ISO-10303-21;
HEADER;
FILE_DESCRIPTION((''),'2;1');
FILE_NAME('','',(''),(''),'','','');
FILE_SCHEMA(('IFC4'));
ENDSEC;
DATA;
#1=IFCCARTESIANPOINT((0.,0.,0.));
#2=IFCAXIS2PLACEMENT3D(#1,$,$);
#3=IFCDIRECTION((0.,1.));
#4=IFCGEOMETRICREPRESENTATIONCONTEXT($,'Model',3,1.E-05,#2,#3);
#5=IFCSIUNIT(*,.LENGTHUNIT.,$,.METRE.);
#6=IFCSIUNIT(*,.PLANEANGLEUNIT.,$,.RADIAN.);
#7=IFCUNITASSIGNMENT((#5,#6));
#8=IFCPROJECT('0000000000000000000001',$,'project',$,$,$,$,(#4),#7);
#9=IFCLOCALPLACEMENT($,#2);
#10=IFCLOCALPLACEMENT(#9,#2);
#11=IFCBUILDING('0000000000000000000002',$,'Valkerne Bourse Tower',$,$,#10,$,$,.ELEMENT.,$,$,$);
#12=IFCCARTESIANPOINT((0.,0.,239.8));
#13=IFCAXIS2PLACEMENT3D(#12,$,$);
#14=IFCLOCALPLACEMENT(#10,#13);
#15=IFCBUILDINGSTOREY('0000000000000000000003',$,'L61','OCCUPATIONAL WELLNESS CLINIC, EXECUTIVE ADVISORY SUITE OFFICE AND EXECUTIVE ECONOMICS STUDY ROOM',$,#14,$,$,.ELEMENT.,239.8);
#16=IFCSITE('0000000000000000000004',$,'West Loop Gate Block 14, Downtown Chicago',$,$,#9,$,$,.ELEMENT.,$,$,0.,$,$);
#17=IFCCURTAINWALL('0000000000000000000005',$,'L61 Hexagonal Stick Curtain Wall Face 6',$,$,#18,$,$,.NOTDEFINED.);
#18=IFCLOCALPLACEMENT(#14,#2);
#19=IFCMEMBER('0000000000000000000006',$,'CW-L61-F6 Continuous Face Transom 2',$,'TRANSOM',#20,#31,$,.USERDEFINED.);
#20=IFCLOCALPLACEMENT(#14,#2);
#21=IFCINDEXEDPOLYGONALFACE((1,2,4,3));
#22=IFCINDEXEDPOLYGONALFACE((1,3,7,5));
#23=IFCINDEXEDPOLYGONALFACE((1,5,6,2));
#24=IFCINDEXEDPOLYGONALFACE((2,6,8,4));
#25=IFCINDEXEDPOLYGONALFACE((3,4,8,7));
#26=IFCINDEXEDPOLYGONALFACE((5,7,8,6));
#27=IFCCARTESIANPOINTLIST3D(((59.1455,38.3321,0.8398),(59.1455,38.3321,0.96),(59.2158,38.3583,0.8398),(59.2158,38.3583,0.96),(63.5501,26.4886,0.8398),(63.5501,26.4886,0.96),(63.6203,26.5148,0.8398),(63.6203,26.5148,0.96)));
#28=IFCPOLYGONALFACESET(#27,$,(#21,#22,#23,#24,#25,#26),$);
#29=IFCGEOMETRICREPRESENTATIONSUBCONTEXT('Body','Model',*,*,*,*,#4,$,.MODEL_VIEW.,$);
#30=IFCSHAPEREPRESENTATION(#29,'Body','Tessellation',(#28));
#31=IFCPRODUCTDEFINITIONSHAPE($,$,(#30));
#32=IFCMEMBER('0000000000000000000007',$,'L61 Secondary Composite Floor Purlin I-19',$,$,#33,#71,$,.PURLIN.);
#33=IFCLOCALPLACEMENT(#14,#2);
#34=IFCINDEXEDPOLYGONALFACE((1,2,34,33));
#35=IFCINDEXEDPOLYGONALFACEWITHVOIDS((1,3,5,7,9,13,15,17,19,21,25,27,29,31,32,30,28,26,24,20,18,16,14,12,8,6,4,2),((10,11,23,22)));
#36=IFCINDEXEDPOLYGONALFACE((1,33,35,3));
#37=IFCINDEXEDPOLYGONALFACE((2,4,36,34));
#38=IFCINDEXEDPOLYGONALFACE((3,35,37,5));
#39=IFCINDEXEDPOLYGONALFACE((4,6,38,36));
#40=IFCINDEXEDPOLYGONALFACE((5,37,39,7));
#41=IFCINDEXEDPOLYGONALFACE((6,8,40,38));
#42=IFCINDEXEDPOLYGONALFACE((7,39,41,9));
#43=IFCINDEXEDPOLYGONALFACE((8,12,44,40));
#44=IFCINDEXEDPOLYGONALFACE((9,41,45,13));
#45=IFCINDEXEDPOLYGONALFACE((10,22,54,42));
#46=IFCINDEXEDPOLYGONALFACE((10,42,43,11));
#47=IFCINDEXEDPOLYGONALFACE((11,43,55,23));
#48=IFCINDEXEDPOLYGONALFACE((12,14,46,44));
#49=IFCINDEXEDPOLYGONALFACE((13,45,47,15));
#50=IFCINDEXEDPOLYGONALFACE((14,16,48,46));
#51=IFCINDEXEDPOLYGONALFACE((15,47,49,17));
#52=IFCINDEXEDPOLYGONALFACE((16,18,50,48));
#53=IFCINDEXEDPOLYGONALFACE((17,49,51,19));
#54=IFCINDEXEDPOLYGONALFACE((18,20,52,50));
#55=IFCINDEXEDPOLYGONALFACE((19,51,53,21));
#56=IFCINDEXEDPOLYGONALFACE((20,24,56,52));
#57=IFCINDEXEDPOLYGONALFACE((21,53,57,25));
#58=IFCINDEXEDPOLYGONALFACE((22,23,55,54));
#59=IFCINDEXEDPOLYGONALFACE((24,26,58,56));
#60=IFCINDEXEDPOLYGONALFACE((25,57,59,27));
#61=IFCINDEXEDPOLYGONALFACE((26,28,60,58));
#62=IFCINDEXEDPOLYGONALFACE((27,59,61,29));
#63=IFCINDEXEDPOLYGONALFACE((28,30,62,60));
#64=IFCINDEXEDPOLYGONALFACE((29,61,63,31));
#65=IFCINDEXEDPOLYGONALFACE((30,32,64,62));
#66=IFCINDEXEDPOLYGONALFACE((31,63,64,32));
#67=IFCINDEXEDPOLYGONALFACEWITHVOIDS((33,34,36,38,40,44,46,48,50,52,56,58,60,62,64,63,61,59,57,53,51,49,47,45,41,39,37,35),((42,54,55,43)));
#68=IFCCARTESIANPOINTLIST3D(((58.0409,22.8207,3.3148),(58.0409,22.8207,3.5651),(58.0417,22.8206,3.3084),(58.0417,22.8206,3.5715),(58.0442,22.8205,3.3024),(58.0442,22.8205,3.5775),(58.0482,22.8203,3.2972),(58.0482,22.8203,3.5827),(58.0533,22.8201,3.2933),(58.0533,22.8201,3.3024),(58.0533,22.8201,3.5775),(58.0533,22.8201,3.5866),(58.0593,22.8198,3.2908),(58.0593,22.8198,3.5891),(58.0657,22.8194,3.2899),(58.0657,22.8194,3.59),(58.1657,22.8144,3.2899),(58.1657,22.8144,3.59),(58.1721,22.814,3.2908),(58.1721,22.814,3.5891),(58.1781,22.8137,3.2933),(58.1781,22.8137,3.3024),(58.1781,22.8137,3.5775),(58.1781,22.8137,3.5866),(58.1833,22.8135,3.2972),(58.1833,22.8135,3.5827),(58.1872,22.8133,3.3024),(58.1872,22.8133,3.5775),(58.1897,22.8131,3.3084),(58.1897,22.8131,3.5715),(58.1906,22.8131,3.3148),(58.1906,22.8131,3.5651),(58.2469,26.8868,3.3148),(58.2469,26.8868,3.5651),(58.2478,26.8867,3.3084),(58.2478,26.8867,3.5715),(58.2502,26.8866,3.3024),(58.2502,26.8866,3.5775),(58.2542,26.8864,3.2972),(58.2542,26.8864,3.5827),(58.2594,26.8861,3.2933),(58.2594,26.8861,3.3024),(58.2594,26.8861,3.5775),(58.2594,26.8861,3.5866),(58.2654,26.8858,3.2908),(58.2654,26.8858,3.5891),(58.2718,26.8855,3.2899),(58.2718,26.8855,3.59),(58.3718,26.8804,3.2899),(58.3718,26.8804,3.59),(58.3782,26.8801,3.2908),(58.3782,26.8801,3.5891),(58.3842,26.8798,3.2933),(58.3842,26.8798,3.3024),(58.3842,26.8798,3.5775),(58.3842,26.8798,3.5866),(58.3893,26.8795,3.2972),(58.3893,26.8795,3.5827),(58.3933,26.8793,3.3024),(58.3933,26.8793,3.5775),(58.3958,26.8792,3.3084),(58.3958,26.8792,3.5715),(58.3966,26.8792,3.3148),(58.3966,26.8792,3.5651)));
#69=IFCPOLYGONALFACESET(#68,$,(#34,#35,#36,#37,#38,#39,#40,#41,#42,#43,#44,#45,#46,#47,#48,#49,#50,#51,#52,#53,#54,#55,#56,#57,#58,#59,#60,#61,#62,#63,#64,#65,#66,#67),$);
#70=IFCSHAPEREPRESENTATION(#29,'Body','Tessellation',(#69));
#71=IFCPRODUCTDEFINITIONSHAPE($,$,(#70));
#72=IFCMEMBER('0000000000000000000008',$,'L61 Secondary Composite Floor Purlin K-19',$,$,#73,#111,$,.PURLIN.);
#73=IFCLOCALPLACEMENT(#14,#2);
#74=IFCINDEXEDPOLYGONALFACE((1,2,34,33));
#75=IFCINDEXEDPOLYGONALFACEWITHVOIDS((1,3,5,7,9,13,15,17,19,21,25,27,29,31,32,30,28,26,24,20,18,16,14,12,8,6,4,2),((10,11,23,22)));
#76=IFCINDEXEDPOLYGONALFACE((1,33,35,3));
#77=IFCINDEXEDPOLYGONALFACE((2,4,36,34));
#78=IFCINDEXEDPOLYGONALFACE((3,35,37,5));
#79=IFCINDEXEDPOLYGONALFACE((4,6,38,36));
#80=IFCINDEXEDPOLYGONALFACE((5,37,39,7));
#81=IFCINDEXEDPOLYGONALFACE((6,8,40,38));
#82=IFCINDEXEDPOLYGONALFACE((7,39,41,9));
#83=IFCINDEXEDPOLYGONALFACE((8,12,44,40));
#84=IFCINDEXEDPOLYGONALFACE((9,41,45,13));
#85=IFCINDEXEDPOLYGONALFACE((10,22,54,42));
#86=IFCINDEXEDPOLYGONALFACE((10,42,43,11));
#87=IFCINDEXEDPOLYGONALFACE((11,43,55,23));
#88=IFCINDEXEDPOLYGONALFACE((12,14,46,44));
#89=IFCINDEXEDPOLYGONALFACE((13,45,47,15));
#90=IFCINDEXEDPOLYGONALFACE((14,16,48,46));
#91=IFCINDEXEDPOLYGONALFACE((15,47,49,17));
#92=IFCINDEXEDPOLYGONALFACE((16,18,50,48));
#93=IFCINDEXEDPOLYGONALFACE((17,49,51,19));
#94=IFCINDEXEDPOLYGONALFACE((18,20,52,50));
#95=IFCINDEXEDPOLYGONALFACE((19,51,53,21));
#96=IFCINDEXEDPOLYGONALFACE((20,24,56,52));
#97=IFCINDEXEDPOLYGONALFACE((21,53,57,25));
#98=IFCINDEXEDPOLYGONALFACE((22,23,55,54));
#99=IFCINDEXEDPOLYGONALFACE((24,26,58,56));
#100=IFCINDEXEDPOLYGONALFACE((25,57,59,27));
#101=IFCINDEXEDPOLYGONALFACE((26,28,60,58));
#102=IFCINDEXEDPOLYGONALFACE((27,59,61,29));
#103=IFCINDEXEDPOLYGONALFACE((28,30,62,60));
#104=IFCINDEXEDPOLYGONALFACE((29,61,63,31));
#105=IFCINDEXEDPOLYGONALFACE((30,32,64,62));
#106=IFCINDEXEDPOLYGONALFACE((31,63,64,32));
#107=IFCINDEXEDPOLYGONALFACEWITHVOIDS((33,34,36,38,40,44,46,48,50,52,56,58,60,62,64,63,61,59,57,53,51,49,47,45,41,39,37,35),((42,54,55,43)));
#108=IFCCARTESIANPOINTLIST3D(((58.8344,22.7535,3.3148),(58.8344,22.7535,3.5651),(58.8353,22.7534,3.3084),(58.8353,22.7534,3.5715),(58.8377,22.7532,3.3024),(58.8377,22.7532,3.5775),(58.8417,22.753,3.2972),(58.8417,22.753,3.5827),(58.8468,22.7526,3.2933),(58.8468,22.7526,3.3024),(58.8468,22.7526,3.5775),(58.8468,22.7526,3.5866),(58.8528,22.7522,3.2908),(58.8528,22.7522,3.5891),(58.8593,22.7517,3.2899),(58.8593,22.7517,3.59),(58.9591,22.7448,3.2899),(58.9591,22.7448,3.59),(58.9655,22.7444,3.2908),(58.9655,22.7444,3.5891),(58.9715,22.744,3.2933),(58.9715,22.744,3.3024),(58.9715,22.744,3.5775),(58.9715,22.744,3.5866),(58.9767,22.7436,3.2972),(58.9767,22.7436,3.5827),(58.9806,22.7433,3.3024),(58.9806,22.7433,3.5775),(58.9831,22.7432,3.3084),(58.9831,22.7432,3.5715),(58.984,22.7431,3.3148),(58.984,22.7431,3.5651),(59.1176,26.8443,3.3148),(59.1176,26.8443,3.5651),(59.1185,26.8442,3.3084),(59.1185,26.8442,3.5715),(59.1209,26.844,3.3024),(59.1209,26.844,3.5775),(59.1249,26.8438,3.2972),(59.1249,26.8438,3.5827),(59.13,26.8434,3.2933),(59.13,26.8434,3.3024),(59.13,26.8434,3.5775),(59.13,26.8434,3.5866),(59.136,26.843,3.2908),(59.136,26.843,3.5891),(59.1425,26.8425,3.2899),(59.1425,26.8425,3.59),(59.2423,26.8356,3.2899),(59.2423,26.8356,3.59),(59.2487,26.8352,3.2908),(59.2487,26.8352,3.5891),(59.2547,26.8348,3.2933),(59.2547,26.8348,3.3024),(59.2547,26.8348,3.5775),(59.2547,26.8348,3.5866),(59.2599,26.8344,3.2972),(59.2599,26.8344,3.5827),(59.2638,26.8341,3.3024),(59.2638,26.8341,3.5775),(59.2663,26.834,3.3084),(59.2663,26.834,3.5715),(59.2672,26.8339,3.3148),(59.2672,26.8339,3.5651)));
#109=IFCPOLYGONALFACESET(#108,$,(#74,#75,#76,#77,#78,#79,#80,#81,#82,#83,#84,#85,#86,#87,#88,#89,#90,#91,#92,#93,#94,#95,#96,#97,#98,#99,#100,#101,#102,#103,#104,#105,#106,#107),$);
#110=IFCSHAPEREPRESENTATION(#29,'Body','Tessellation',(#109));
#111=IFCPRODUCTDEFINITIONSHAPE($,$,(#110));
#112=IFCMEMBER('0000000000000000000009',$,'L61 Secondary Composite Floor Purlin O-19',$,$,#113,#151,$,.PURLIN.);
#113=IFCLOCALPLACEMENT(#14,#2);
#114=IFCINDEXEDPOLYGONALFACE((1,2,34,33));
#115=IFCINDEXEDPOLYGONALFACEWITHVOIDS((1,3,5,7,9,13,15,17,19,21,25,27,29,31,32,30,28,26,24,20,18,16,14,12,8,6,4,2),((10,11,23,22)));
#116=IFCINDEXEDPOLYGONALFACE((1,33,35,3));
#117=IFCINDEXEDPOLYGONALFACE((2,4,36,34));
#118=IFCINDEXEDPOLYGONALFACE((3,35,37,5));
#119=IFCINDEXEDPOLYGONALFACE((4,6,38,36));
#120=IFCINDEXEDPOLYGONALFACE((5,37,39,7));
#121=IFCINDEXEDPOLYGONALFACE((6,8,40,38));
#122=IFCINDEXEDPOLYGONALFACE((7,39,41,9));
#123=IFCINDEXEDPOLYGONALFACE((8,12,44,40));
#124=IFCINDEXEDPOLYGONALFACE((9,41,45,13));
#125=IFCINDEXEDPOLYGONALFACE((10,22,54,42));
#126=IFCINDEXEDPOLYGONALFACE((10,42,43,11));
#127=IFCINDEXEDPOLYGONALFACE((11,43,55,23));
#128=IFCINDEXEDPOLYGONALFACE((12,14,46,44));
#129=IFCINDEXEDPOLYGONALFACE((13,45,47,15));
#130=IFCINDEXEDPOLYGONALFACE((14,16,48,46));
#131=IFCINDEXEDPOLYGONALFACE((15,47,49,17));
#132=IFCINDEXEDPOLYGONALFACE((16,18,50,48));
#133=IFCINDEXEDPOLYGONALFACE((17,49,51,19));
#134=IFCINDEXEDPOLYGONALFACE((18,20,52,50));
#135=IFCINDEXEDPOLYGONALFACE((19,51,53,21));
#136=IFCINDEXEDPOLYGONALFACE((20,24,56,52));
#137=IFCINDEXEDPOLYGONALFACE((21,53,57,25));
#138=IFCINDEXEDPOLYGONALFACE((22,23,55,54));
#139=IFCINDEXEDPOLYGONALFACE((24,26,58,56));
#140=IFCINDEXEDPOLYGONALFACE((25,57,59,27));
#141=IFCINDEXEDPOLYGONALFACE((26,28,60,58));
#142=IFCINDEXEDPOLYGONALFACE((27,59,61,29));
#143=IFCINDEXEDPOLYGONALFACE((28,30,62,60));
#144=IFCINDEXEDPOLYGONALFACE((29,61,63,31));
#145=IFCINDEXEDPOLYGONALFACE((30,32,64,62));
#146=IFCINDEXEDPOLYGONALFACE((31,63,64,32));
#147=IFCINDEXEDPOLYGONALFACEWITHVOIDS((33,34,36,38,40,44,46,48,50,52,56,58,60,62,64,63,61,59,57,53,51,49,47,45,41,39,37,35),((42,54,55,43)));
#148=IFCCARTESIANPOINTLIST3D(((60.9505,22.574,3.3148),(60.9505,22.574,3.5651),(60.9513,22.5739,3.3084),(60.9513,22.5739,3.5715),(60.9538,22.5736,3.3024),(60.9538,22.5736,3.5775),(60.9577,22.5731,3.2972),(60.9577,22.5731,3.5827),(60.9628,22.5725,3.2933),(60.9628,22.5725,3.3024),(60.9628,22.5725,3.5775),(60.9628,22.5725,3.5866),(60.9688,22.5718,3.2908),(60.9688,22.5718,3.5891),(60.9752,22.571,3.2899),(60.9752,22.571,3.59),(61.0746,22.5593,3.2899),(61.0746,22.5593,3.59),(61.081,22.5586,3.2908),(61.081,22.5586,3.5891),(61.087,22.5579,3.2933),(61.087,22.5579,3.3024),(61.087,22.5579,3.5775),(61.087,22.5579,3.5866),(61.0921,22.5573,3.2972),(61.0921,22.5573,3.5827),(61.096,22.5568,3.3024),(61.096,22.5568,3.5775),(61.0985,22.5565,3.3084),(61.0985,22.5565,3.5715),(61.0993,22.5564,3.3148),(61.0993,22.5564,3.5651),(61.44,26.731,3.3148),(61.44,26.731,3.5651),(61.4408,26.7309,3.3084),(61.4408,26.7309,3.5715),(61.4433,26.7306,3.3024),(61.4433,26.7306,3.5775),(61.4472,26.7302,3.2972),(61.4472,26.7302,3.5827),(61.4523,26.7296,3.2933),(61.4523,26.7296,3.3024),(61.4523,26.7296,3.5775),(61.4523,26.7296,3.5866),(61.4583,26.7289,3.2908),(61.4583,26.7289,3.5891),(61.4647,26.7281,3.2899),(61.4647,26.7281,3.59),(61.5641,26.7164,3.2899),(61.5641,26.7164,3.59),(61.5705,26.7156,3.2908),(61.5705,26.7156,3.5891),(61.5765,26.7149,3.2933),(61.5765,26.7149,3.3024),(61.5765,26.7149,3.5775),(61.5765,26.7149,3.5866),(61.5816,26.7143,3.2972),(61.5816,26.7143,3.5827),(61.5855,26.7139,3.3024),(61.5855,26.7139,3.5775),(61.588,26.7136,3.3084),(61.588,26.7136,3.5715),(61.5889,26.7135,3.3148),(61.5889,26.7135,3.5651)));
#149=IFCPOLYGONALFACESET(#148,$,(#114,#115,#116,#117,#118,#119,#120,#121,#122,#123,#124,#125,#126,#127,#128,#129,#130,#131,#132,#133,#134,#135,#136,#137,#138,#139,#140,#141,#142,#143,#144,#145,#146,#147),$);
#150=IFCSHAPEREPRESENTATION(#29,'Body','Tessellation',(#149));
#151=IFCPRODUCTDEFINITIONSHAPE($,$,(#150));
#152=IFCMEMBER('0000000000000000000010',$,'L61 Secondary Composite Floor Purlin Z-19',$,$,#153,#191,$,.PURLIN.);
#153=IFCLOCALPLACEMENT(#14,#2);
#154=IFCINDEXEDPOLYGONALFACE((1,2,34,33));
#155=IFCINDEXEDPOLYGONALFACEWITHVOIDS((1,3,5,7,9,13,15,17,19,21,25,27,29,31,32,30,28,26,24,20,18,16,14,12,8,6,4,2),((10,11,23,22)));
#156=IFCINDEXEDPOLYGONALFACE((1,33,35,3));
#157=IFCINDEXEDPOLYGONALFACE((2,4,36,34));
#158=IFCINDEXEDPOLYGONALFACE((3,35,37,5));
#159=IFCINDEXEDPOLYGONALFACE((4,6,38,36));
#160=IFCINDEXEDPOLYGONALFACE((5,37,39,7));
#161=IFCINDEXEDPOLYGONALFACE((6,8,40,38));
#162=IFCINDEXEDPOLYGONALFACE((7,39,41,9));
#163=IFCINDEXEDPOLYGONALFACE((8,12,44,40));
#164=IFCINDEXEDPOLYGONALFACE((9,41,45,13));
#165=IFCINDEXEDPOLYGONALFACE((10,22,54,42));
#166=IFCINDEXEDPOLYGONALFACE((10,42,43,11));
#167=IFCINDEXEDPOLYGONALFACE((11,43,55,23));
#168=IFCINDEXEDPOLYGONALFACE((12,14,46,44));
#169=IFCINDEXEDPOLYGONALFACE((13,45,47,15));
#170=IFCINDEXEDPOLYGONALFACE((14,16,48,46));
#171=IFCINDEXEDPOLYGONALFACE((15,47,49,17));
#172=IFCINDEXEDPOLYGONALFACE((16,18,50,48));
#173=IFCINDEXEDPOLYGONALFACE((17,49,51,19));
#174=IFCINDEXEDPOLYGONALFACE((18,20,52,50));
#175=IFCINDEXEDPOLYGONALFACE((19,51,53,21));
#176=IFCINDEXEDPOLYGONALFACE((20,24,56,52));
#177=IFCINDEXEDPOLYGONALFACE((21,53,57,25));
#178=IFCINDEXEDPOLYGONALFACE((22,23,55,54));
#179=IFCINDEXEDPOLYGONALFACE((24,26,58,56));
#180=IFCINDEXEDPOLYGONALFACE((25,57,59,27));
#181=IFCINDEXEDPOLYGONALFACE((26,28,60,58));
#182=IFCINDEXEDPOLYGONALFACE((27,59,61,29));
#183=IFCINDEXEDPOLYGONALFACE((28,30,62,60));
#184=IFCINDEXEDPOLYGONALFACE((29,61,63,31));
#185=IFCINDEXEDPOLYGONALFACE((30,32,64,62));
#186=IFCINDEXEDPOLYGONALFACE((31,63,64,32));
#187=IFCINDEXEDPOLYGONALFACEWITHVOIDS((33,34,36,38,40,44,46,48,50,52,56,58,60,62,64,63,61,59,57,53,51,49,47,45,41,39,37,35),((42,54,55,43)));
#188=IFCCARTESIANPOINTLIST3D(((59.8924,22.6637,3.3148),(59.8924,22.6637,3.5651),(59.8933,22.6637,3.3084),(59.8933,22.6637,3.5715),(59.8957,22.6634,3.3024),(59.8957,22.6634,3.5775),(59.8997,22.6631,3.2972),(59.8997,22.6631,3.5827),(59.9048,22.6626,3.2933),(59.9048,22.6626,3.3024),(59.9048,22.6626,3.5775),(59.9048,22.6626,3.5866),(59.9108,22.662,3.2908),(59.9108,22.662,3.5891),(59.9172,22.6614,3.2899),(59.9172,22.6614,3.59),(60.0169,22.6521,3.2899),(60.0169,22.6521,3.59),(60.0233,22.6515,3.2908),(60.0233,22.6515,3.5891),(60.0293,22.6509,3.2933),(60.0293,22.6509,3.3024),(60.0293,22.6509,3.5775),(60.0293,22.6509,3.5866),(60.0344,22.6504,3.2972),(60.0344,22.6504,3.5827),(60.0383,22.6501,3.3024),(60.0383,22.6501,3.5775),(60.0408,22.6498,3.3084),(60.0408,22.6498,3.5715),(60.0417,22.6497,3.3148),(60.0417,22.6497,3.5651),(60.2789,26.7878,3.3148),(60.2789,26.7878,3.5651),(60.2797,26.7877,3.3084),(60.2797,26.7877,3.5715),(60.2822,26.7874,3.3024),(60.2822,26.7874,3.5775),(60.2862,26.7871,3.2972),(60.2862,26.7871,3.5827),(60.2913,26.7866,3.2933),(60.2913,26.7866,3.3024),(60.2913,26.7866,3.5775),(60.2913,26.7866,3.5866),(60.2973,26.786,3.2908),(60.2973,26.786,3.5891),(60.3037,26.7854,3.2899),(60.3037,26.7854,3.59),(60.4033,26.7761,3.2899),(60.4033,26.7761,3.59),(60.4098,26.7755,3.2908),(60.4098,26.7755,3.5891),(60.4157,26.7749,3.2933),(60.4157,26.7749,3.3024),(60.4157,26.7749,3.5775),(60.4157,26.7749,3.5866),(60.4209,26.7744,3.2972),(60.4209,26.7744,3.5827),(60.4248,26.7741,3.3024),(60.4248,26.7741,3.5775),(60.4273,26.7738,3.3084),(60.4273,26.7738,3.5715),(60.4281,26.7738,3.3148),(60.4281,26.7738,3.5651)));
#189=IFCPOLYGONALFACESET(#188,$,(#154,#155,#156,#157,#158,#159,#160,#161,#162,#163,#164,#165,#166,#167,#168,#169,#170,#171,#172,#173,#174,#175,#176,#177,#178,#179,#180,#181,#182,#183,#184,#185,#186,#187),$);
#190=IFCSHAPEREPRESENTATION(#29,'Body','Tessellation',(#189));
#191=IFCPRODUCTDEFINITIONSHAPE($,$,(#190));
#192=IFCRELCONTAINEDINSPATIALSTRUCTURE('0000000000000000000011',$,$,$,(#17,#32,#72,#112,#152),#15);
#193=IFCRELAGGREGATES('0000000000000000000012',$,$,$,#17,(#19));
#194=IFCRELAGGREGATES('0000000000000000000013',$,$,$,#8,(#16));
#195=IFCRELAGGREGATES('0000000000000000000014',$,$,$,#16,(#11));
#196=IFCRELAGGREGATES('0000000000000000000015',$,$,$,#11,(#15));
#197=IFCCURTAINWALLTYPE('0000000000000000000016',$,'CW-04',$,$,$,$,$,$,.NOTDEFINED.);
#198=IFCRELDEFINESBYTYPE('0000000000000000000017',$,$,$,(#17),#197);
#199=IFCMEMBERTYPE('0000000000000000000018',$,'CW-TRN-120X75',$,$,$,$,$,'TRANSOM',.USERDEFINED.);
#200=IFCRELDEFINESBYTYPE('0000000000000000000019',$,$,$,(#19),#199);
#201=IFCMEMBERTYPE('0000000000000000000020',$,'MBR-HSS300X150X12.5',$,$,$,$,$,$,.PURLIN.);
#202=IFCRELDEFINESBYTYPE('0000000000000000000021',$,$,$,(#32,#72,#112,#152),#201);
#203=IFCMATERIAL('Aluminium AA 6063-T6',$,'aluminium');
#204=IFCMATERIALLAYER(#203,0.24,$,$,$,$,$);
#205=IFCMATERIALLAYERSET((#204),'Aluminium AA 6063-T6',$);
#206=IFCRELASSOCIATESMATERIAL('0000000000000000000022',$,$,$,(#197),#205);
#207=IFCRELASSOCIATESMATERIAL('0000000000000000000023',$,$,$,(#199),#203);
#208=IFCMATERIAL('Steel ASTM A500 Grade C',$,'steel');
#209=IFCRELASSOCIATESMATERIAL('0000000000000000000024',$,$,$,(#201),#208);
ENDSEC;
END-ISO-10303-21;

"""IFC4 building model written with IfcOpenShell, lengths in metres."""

from ifc_helpers import new_model, si_unit, direction, frame, origin, origin_2d, place, context, subcontext, project, spatial, rectangle, hollow_rectangle, extrude, material, layer, layer_set, material_profile, profile_set, type_object, element, aggregate, save


model = new_model("IFC4")

# Units and contexts
model_context = context("Model", 3, precision=1e-05, world=origin(), true_north=direction((0.0, 1.0)))
body_context = subcontext(model_context, "Body", "Model", "MODEL_VIEW")
ifc_project = project(units=[si_unit("LENGTHUNIT", "METRE"), si_unit("PLANEANGLEUNIT", "RADIAN")], contexts=[model_context])

# Site, building, storey
site_placement = place(None, origin())
site = spatial("IfcSite", under=ifc_project, at=site_placement, Name="West Loop Gate Block 14, Downtown Chicago", CompositionType="ELEMENT", RefElevation=0.0)
building_placement = place(site_placement, origin())
building = spatial("IfcBuilding", under=site, at=building_placement, Name="Valkerne Bourse Tower", CompositionType="ELEMENT")
storey_placement = place(building_placement, frame((0.0, 0.0, 239.8)))
storey = spatial("IfcBuildingStorey", under=building, at=storey_placement, Name="L61", Description="OCCUPATIONAL WELLNESS CLINIC, EXECUTIVE ADVISORY SUITE OFFICE AND EXECUTIVE ECONOMICS STUDY ROOM", CompositionType="ELEMENT", Elevation=239.8)

# Curtain wall, member
ifc_material_1 = material(Name="Aluminium AA 6063-T6", Category="aluminium")
ifc_layer_1 = layer(ifc_material_1, 0.24)
ifc_layer_set_1 = layer_set([ifc_layer_1], Name="Aluminium AA 6063-T6")
curtain_wall_type = type_object("IfcCurtainWallType", Name="CW-04", PredefinedType="NOTDEFINED", material=ifc_layer_set_1)
curtain_wall_1_placement = place(storey_placement, origin())
curtain_wall_1 = element("IfcCurtainWall", 1, at=curtain_wall_1_placement, inside=storey, type_object=curtain_wall_type, Name="L61 Hexagonal Stick Curtain Wall Face 6", PredefinedType="NOTDEFINED")
ifc_material_profile_1 = material_profile(ifc_material_1, rectangle(XDim=0.075, YDim=0.1201, at=origin_2d()), Name="CWT-75X120")
ifc_profile_set_1 = profile_set([ifc_material_profile_1], Name="Aluminium AA 6063-T6")
member_type_1 = type_object("IfcMemberType", Name="CW-TRN-120X75", ElementType="TRANSOM", PredefinedType="USERDEFINED", material=ifc_profile_set_1)
member_1_placement = place(storey_placement, frame((63.5852, 26.5017, 0.8999), z_axis=(-0.348571, 0.937282, 0.0), x_axis=(-0.937282, -0.348571, 0.0)))
member_1 = element("IfcMember", 2, at=member_1_placement, type_object=member_type_1, Name="CW-L61-F6 Continuous Face Transom 2", ObjectType="TRANSOM", PredefinedType="USERDEFINED", context=body_context, shape_type="SweptSolid", body=[
    extrude(rectangle(XDim=0.075, YDim=0.1201, at=origin_2d()), origin(), (0.0, 0.0, 1.0), 12.636),
])
aggregate(curtain_wall_1, [member_1])

# Members
ifc_material_2 = material(Name="Steel ASTM A500 Grade C", Category="steel")
ifc_material_profile_2 = material_profile(ifc_material_2, hollow_rectangle(XDim=0.1499, YDim=0.3, WallThickness=0.0125, OuterFilletRadius=0.0249, at=origin_2d()), Name="HSS300X150X12.5")
ifc_profile_set_2 = profile_set([ifc_material_profile_2], Name="Steel ASTM A500 Grade C")
member_type_2 = type_object("IfcMemberType", Name="MBR-HSS300X150X12.5", PredefinedType="PURLIN", material=ifc_profile_set_2)
member_2_placement = place(storey_placement, frame((58.1157, 22.8169, 3.4399), z_axis=(0.050611, 0.998718, 0.0), x_axis=(-0.998718, 0.050611, 0.0)))
element("IfcMember", 3, at=member_2_placement, inside=storey, type_object=member_type_2, Name="L61 Secondary Composite Floor Purlin I-19", PredefinedType="PURLIN", context=body_context, shape_type="SweptSolid", body=[
    extrude(hollow_rectangle(XDim=0.1499, YDim=0.3, WallThickness=0.0125, OuterFilletRadius=0.0249, at=origin_2d()), origin(), (0.0, 0.0, 1.0), 4.0713),
])
member_3_placement = place(storey_placement, frame((58.9092, 22.7483, 3.4399), z_axis=(0.069064, 0.997612, 0.0), x_axis=(-0.997612, 0.069064, 0.0)))
element("IfcMember", 4, at=member_3_placement, inside=storey, type_object=member_type_2, Name="L61 Secondary Composite Floor Purlin K-19", PredefinedType="PURLIN", context=body_context, shape_type="SweptSolid", body=[
    extrude(hollow_rectangle(XDim=0.1499, YDim=0.3, WallThickness=0.0125, OuterFilletRadius=0.0249, at=origin_2d()), origin(), (0.0, 0.0, 1.0), 4.1006),
])
member_4_placement = place(storey_placement, frame((61.0249, 22.5652, 3.4399), z_axis=(0.116946, 0.993138, 0.0), x_axis=(-0.993138, 0.116946, 0.0)))
element("IfcMember", 5, at=member_4_placement, inside=storey, type_object=member_type_2, Name="L61 Secondary Composite Floor Purlin O-19", PredefinedType="PURLIN", context=body_context, shape_type="SweptSolid", body=[
    extrude(hollow_rectangle(XDim=0.1499, YDim=0.3, WallThickness=0.0125, OuterFilletRadius=0.0249, at=origin_2d()), origin(), (0.0, 0.0, 1.0), 4.1858),
])
member_5_placement = place(storey_placement, frame((59.967, 22.6567, 3.4399), z_axis=(0.093304, 0.995638, 0.0), x_axis=(-0.995638, 0.093304, 0.0)))
element("IfcMember", 6, at=member_5_placement, inside=storey, type_object=member_type_2, Name="L61 Secondary Composite Floor Purlin Z-19", PredefinedType="PURLIN", context=body_context, shape_type="SweptSolid", body=[
    extrude(hollow_rectangle(XDim=0.1499, YDim=0.3, WallThickness=0.0125, OuterFilletRadius=0.0249, at=origin_2d()), origin(), (0.0, 0.0, 1.0), 4.1421),
])

save(model, "model.ifc")
